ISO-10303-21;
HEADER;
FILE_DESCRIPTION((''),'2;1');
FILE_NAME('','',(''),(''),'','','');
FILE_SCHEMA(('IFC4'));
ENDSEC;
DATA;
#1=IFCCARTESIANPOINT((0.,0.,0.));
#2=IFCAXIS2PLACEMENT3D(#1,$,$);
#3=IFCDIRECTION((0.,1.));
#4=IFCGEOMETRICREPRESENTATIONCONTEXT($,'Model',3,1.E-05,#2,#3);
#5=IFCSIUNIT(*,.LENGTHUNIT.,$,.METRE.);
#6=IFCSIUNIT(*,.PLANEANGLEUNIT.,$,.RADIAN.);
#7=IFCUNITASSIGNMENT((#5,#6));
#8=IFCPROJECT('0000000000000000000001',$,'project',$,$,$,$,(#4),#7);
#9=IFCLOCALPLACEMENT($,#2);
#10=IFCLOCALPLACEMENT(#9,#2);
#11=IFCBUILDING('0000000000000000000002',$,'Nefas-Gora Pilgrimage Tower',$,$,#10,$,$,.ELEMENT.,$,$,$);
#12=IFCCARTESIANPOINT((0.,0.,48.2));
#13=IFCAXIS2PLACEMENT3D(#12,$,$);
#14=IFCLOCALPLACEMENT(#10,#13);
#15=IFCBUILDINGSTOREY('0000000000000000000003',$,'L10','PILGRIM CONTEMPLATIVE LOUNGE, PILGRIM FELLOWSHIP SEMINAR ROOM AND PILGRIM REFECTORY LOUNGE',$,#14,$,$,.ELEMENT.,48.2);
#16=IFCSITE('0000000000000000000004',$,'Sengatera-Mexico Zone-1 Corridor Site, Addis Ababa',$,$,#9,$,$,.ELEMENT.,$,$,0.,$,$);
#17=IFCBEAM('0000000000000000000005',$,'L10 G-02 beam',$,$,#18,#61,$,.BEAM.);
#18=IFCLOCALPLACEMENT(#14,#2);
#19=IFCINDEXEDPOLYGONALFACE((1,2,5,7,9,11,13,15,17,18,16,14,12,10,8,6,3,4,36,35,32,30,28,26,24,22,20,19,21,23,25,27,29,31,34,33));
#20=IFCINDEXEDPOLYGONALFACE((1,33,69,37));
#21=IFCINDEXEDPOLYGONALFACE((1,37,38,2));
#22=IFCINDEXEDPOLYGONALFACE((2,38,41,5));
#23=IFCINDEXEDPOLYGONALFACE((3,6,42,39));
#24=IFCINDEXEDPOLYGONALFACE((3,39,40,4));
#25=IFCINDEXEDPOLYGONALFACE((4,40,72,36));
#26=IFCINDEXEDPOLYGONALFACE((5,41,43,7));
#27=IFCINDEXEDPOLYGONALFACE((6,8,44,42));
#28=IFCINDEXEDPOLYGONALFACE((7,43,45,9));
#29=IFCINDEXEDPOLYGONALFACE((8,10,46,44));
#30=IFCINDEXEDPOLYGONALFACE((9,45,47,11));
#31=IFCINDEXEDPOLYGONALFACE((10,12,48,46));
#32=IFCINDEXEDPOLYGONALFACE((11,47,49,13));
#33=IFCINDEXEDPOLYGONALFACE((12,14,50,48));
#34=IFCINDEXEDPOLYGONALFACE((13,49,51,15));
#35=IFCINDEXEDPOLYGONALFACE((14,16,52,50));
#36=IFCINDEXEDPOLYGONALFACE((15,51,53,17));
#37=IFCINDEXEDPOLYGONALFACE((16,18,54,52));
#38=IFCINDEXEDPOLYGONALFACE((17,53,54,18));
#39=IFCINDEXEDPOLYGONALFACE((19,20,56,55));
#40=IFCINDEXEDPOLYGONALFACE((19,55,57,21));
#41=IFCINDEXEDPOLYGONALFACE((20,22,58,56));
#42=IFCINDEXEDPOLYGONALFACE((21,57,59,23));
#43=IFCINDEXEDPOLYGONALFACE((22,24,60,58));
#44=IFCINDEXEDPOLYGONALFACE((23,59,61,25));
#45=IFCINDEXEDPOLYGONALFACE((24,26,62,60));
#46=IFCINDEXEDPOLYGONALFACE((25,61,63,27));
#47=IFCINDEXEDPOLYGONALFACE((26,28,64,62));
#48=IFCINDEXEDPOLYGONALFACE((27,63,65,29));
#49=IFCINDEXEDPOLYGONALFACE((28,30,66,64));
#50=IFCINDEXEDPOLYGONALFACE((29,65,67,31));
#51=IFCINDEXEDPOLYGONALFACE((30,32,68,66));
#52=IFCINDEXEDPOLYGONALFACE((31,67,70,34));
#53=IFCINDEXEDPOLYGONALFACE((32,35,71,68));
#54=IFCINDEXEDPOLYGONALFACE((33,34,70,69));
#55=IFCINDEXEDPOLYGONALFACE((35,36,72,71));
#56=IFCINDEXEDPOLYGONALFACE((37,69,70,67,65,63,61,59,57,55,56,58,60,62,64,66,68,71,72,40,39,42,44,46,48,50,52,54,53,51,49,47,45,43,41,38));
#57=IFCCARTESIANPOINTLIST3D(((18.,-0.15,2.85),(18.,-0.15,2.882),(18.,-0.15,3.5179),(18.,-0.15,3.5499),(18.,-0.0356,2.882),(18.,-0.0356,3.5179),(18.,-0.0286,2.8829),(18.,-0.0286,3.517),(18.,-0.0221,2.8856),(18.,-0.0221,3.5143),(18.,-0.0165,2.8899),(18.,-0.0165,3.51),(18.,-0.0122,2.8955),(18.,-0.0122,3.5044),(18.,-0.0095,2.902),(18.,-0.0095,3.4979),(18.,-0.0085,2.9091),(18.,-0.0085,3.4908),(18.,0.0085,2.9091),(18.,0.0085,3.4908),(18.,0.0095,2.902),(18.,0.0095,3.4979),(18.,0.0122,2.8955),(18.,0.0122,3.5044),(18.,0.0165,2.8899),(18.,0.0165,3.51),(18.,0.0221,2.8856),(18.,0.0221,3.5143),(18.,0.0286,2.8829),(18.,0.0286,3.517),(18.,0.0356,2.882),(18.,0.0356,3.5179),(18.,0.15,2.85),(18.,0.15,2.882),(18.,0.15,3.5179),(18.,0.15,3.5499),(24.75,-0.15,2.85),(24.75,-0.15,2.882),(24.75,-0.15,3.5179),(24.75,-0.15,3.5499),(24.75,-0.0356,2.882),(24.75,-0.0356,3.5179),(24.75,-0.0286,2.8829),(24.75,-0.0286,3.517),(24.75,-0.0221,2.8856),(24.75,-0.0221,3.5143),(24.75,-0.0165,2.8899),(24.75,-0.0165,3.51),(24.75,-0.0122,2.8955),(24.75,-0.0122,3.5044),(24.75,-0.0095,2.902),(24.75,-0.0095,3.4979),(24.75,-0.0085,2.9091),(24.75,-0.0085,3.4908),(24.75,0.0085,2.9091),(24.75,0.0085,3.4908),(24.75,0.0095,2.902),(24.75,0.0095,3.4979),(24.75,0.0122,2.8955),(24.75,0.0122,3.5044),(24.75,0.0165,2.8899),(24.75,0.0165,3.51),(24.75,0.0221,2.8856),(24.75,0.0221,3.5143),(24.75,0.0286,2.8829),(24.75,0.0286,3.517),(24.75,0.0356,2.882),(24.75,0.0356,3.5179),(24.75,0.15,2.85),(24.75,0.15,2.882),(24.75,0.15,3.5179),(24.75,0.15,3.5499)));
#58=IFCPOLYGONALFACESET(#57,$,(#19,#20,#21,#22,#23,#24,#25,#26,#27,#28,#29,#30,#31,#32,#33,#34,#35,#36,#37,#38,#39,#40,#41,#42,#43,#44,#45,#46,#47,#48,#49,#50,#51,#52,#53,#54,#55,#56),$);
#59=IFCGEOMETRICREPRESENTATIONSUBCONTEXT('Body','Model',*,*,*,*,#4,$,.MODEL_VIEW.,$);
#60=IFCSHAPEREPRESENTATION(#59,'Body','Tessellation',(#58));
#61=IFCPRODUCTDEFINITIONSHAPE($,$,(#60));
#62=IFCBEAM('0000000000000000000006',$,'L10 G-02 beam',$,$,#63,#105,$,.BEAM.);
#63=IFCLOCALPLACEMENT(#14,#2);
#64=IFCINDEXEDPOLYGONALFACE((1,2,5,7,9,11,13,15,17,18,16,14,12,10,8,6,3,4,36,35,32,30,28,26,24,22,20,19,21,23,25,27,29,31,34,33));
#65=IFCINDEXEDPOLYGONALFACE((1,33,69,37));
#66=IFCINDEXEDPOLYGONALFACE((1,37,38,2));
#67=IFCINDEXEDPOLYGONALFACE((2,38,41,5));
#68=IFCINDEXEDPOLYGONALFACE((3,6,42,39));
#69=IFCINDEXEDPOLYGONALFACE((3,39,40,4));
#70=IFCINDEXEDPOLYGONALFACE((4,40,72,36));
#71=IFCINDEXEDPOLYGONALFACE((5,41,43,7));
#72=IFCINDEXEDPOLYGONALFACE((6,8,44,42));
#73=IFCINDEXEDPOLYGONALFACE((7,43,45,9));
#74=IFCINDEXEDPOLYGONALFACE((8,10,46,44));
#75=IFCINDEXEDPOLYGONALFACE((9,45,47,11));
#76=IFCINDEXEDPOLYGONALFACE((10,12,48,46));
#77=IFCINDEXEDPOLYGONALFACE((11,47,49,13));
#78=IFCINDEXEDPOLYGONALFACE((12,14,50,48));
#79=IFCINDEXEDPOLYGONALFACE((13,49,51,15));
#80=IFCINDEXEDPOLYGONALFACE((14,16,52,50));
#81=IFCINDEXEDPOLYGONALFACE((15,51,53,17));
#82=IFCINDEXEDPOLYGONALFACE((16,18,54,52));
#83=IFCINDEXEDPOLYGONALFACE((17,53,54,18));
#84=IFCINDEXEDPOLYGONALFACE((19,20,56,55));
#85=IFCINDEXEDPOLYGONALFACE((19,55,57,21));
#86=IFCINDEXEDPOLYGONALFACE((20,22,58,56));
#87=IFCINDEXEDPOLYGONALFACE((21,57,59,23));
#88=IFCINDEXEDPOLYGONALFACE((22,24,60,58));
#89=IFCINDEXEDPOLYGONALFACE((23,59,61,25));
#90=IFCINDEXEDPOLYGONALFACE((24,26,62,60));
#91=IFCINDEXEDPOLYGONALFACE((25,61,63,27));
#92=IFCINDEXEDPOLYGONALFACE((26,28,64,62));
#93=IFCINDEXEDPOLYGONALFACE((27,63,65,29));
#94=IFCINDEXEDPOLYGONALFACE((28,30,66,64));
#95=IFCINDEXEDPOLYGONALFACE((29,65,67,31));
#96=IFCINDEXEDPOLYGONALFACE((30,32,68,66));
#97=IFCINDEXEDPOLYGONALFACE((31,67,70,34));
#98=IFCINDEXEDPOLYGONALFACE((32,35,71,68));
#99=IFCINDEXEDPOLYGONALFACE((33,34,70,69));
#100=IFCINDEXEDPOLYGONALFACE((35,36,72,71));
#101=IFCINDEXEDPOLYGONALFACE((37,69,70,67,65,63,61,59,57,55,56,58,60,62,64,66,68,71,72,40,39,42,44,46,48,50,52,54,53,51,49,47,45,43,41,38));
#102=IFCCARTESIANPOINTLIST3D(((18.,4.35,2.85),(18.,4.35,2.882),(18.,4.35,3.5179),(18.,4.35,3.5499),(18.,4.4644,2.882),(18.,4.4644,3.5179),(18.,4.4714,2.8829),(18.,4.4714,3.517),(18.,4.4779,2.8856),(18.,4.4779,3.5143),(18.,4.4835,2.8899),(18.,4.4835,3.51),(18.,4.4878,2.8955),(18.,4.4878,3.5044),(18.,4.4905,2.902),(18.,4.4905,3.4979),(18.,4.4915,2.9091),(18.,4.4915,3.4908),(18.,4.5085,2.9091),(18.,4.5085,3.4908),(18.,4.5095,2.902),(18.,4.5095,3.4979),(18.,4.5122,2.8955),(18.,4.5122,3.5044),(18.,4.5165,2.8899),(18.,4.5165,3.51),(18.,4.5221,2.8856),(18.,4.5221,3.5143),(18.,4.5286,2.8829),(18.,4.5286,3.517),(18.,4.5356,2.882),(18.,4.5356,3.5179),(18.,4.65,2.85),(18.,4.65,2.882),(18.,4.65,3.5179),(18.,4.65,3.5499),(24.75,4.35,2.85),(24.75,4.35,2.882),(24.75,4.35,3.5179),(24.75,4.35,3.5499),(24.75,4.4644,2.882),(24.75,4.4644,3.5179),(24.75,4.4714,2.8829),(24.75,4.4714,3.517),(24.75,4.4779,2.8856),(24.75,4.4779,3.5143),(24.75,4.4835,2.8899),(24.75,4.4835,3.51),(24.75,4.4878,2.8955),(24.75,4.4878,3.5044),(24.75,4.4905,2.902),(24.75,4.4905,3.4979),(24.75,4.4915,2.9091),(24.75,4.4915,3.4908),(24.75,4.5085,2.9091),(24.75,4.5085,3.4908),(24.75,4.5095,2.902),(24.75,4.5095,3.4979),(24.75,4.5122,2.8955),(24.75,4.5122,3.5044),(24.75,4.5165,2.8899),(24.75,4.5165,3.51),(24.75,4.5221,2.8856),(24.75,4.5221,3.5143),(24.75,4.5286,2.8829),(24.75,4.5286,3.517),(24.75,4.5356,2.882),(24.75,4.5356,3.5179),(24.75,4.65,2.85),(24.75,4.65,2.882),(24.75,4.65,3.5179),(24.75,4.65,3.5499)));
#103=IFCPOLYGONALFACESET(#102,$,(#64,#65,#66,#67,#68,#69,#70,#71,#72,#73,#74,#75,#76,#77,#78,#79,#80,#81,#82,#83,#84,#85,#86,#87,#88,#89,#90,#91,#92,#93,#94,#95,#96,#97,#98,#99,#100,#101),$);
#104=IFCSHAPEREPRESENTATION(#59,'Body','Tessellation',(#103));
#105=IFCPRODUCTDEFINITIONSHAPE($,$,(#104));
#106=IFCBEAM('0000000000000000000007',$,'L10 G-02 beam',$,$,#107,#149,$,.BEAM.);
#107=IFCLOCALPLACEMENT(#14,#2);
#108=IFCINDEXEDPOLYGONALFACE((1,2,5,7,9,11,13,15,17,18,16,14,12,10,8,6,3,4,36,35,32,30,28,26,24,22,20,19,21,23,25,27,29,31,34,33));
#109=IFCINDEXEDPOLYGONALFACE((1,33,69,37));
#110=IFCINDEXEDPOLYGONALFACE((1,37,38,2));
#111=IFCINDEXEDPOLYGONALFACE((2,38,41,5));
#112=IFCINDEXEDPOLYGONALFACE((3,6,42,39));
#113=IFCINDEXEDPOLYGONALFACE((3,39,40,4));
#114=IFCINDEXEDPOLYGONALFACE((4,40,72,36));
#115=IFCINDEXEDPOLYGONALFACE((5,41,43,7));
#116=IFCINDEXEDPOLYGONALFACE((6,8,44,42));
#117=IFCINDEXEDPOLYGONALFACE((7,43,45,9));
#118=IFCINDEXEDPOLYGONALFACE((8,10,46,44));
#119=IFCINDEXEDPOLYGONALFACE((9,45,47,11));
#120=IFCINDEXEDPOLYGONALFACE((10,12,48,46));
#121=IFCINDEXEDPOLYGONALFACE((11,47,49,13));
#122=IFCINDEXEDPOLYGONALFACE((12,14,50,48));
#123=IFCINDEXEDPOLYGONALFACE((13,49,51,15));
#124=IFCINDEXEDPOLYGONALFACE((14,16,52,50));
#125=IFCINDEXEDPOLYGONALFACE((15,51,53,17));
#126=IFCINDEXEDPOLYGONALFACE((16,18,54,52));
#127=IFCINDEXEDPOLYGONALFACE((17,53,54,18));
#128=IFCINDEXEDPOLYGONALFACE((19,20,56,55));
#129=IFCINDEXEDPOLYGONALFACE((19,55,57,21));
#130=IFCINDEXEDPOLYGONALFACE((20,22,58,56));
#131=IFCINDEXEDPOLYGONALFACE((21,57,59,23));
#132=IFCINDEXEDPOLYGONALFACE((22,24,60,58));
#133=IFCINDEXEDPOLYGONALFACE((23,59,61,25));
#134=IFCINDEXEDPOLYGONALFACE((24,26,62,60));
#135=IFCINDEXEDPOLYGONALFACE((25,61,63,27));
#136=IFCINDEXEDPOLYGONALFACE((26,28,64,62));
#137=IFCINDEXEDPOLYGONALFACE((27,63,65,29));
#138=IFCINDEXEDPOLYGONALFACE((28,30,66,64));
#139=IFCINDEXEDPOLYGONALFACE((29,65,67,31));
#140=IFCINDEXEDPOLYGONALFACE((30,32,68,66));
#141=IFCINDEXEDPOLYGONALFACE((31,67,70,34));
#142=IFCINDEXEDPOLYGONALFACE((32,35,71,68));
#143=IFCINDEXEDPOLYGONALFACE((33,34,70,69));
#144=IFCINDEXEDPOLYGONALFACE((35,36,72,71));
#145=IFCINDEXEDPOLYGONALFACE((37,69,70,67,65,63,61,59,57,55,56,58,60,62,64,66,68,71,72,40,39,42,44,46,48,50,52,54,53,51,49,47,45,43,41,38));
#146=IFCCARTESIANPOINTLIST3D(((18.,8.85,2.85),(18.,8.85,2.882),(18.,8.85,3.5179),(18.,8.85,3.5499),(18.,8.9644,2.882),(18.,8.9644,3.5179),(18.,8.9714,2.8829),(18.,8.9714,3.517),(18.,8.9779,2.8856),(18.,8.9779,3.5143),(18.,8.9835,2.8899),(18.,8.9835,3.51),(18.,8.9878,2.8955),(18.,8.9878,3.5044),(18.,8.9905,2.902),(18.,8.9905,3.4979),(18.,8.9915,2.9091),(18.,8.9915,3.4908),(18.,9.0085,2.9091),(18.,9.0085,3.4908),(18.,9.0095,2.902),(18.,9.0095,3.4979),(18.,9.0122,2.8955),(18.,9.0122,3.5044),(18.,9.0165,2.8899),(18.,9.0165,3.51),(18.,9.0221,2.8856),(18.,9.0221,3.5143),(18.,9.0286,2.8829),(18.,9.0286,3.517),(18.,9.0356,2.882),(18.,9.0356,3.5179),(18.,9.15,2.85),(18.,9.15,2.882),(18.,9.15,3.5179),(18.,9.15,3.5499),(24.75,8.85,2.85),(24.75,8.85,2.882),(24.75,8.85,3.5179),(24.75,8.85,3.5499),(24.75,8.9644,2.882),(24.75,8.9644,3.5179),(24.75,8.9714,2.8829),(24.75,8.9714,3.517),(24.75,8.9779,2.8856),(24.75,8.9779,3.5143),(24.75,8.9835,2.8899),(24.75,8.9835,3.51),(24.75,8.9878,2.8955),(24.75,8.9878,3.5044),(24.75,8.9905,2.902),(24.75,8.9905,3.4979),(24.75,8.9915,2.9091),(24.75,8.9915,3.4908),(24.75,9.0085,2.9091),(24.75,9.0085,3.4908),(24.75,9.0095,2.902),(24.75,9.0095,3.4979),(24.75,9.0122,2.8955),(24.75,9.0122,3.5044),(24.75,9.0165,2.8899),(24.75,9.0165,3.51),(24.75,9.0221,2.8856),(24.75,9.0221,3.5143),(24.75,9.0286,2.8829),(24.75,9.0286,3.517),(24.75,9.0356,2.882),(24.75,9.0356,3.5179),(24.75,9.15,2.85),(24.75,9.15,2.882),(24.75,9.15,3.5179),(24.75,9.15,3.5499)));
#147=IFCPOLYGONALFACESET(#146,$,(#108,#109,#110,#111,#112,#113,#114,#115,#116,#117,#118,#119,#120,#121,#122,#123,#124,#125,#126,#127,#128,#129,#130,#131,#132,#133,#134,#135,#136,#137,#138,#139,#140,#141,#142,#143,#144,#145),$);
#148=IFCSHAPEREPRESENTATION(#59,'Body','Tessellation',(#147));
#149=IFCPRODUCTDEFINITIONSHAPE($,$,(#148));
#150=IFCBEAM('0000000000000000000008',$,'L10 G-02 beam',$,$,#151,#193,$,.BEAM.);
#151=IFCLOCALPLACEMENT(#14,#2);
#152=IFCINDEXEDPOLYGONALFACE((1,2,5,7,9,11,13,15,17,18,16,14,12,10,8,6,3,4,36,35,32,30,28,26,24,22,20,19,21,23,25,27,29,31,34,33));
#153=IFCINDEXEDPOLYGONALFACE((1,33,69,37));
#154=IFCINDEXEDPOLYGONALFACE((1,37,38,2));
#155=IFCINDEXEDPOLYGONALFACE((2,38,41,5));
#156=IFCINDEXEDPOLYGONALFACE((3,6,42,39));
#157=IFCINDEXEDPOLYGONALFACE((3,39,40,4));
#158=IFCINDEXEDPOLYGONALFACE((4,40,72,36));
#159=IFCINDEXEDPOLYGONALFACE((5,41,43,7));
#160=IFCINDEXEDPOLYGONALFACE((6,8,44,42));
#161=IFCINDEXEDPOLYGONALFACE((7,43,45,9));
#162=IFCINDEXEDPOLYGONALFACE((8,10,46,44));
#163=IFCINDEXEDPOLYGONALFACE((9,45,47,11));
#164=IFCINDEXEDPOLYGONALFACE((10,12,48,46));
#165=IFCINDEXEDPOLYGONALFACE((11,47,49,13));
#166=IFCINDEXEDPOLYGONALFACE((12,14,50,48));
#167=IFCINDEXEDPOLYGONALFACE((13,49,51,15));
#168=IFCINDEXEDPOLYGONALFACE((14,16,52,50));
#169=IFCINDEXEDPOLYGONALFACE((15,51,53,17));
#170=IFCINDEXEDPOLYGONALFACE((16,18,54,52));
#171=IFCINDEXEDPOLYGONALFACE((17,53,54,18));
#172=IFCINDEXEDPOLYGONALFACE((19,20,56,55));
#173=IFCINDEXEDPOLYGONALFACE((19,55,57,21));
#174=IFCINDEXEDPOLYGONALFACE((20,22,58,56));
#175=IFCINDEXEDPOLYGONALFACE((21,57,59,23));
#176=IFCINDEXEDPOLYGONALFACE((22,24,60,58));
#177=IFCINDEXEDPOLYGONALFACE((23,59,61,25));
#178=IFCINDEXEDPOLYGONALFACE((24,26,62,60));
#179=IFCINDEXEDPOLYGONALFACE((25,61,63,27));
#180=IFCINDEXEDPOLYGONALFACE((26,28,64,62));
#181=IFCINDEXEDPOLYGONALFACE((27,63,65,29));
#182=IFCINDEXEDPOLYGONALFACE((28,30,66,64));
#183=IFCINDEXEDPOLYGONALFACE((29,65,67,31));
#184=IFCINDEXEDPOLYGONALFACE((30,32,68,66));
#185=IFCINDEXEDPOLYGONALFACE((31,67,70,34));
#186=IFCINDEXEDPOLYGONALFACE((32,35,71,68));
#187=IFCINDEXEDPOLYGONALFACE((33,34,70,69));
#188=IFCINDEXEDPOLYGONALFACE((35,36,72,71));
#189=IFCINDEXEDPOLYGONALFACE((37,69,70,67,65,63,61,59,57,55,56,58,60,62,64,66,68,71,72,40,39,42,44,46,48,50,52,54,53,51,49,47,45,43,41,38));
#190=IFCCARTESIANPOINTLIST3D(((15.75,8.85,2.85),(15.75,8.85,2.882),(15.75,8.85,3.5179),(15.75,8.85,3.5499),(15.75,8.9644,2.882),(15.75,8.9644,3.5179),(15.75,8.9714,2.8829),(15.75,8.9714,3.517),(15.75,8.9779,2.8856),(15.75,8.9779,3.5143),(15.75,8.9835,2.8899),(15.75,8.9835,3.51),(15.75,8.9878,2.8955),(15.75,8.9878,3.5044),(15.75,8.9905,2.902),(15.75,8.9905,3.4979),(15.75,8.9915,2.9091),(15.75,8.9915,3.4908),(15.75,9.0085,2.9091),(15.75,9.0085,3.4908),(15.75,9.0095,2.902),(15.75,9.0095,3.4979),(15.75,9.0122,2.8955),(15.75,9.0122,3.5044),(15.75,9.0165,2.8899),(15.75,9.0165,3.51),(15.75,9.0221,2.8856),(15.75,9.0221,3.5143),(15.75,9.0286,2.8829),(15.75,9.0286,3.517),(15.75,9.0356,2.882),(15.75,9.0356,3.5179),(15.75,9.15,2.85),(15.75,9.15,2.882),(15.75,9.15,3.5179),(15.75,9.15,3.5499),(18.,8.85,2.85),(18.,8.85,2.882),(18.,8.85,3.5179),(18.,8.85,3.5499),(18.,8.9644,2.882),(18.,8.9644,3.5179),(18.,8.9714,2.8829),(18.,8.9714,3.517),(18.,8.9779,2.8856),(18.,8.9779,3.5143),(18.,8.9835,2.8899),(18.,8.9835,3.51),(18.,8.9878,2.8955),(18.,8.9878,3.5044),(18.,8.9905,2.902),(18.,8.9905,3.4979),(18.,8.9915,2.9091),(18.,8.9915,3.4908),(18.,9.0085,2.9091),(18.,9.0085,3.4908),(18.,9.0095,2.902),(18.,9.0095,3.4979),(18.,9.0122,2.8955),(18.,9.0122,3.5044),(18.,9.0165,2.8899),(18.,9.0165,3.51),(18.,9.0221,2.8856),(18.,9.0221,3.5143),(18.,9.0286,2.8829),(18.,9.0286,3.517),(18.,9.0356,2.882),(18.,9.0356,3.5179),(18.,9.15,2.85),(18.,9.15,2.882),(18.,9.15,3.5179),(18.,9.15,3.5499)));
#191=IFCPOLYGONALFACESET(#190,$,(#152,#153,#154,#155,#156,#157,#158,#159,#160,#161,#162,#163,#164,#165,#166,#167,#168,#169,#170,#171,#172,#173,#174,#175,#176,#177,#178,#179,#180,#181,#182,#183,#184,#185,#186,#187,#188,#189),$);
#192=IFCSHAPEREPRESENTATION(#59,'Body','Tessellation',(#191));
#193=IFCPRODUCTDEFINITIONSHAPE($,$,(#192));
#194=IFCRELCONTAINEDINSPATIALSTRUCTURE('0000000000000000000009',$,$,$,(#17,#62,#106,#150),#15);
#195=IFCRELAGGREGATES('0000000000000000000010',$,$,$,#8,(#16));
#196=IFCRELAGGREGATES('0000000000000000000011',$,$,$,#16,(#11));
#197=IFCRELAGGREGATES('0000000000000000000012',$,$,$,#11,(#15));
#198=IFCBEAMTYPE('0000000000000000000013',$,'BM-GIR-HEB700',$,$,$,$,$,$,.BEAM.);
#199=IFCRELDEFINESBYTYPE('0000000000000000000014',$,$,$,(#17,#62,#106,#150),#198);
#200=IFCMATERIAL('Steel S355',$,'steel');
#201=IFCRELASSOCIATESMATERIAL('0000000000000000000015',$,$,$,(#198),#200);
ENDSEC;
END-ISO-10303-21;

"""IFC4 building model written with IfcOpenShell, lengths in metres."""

from ifc_helpers import new_model, si_unit, direction, frame, origin, origin_2d, place, context, subcontext, project, spatial, i_section, extrude, source, transform, mapped, material, material_profile, profile_set, type_object, element, save


model = new_model("IFC4")

# Units and contexts
model_context = context("Model", 3, precision=1e-05, world=origin(), true_north=direction((0.0, 1.0)))
body_context = subcontext(model_context, "Body", "Model", "MODEL_VIEW")
ifc_project = project(units=[si_unit("LENGTHUNIT", "METRE"), si_unit("PLANEANGLEUNIT", "RADIAN")], contexts=[model_context])

# Site, building, storey
site_placement = place(None, origin())
site = spatial("IfcSite", under=ifc_project, at=site_placement, Name="Sengatera-Mexico Zone-1 Corridor Site, Addis Ababa", CompositionType="ELEMENT", RefElevation=0.0)
building_placement = place(site_placement, origin())
building = spatial("IfcBuilding", under=site, at=building_placement, Name="Nefas-Gora Pilgrimage Tower", CompositionType="ELEMENT")
storey_placement = place(building_placement, frame((0.0, 0.0, 48.2)))
storey = spatial("IfcBuildingStorey", under=building, at=storey_placement, Name="L10", Description="PILGRIM CONTEMPLATIVE LOUNGE, PILGRIM FELLOWSHIP SEMINAR ROOM AND PILGRIM REFECTORY LOUNGE", CompositionType="ELEMENT", Elevation=48.2)

# Beams
ifc_material_1 = material(Name="Steel S355", Category="steel")
ifc_material_profile_1 = material_profile(ifc_material_1, i_section(OverallWidth=0.3, OverallDepth=0.7, WebThickness=0.0171, FlangeThickness=0.032, FilletRadius=0.0271, at=origin_2d()), Name="HEB 700")
ifc_profile_set_1 = profile_set([ifc_material_profile_1], Name="Steel S355")
beam_type_1 = type_object("IfcBeamType", Name="BM-GIR-HEB700", PredefinedType="BEAM", material=ifc_profile_set_1)
shared_shape_1 = source(origin(), body_context, "Body", "SweptSolid", [
    extrude(i_section(OverallWidth=0.3, OverallDepth=0.7, WebThickness=0.0171, FlangeThickness=0.032, FilletRadius=0.0271, at=origin_2d()), origin(), (0.0, 0.0, 1.0), 6.75),
])
for number, where, z_axis, x_axis, name in (
    (1, (18.0, 0.0, 3.2), (1.0, 0.0, 0.0), (0.0, 1.0, 0.0), "L10 G-02 beam"),
    (2, (18.0, 4.5, 3.2), (1.0, 0.0, 0.0), (0.0, 1.0, 0.0), "L10 G-02 beam"),
    (3, (18.0, 9.0, 3.2), (1.0, 0.0, 0.0), (0.0, 1.0, 0.0), "L10 G-02 beam"),
):
    element("IfcBeam", number, at=place(storey_placement, frame(where, z_axis=z_axis, x_axis=x_axis)), inside=storey, type_object=beam_type_1, Name=name, PredefinedType="BEAM", context=body_context, shape_type="MappedRepresentation", body=[
        mapped(shared_shape_1, transform((0.0, 0.0, 0.0), x_axis=(1.0, 0.0, 0.0), y_axis=(0.0, 1.0, 0.0), z_axis=(0.0, 0.0, 1.0), scale=1.0)),
    ])
shared_shape_2 = source(origin(), body_context, "Body", "SweptSolid", [
    extrude(i_section(OverallWidth=0.3, OverallDepth=0.7, WebThickness=0.0171, FlangeThickness=0.032, FilletRadius=0.0271, at=origin_2d()), origin(), (0.0, 0.0, 1.0), 2.25),
])
beam_placement = place(storey_placement, frame((15.75, 9.0, 3.2), z_axis=(1.0, 0.0, 0.0), x_axis=(0.0, 1.0, 0.0)))
element("IfcBeam", 4, at=beam_placement, inside=storey, type_object=beam_type_1, Name="L10 G-02 beam", PredefinedType="BEAM", context=body_context, shape_type="MappedRepresentation", body=[
    mapped(shared_shape_2, transform((0.0, 0.0, 0.0), x_axis=(1.0, 0.0, 0.0), y_axis=(0.0, 1.0, 0.0), z_axis=(0.0, 0.0, 1.0), scale=1.0)),
])

save(model, "model.ifc")
